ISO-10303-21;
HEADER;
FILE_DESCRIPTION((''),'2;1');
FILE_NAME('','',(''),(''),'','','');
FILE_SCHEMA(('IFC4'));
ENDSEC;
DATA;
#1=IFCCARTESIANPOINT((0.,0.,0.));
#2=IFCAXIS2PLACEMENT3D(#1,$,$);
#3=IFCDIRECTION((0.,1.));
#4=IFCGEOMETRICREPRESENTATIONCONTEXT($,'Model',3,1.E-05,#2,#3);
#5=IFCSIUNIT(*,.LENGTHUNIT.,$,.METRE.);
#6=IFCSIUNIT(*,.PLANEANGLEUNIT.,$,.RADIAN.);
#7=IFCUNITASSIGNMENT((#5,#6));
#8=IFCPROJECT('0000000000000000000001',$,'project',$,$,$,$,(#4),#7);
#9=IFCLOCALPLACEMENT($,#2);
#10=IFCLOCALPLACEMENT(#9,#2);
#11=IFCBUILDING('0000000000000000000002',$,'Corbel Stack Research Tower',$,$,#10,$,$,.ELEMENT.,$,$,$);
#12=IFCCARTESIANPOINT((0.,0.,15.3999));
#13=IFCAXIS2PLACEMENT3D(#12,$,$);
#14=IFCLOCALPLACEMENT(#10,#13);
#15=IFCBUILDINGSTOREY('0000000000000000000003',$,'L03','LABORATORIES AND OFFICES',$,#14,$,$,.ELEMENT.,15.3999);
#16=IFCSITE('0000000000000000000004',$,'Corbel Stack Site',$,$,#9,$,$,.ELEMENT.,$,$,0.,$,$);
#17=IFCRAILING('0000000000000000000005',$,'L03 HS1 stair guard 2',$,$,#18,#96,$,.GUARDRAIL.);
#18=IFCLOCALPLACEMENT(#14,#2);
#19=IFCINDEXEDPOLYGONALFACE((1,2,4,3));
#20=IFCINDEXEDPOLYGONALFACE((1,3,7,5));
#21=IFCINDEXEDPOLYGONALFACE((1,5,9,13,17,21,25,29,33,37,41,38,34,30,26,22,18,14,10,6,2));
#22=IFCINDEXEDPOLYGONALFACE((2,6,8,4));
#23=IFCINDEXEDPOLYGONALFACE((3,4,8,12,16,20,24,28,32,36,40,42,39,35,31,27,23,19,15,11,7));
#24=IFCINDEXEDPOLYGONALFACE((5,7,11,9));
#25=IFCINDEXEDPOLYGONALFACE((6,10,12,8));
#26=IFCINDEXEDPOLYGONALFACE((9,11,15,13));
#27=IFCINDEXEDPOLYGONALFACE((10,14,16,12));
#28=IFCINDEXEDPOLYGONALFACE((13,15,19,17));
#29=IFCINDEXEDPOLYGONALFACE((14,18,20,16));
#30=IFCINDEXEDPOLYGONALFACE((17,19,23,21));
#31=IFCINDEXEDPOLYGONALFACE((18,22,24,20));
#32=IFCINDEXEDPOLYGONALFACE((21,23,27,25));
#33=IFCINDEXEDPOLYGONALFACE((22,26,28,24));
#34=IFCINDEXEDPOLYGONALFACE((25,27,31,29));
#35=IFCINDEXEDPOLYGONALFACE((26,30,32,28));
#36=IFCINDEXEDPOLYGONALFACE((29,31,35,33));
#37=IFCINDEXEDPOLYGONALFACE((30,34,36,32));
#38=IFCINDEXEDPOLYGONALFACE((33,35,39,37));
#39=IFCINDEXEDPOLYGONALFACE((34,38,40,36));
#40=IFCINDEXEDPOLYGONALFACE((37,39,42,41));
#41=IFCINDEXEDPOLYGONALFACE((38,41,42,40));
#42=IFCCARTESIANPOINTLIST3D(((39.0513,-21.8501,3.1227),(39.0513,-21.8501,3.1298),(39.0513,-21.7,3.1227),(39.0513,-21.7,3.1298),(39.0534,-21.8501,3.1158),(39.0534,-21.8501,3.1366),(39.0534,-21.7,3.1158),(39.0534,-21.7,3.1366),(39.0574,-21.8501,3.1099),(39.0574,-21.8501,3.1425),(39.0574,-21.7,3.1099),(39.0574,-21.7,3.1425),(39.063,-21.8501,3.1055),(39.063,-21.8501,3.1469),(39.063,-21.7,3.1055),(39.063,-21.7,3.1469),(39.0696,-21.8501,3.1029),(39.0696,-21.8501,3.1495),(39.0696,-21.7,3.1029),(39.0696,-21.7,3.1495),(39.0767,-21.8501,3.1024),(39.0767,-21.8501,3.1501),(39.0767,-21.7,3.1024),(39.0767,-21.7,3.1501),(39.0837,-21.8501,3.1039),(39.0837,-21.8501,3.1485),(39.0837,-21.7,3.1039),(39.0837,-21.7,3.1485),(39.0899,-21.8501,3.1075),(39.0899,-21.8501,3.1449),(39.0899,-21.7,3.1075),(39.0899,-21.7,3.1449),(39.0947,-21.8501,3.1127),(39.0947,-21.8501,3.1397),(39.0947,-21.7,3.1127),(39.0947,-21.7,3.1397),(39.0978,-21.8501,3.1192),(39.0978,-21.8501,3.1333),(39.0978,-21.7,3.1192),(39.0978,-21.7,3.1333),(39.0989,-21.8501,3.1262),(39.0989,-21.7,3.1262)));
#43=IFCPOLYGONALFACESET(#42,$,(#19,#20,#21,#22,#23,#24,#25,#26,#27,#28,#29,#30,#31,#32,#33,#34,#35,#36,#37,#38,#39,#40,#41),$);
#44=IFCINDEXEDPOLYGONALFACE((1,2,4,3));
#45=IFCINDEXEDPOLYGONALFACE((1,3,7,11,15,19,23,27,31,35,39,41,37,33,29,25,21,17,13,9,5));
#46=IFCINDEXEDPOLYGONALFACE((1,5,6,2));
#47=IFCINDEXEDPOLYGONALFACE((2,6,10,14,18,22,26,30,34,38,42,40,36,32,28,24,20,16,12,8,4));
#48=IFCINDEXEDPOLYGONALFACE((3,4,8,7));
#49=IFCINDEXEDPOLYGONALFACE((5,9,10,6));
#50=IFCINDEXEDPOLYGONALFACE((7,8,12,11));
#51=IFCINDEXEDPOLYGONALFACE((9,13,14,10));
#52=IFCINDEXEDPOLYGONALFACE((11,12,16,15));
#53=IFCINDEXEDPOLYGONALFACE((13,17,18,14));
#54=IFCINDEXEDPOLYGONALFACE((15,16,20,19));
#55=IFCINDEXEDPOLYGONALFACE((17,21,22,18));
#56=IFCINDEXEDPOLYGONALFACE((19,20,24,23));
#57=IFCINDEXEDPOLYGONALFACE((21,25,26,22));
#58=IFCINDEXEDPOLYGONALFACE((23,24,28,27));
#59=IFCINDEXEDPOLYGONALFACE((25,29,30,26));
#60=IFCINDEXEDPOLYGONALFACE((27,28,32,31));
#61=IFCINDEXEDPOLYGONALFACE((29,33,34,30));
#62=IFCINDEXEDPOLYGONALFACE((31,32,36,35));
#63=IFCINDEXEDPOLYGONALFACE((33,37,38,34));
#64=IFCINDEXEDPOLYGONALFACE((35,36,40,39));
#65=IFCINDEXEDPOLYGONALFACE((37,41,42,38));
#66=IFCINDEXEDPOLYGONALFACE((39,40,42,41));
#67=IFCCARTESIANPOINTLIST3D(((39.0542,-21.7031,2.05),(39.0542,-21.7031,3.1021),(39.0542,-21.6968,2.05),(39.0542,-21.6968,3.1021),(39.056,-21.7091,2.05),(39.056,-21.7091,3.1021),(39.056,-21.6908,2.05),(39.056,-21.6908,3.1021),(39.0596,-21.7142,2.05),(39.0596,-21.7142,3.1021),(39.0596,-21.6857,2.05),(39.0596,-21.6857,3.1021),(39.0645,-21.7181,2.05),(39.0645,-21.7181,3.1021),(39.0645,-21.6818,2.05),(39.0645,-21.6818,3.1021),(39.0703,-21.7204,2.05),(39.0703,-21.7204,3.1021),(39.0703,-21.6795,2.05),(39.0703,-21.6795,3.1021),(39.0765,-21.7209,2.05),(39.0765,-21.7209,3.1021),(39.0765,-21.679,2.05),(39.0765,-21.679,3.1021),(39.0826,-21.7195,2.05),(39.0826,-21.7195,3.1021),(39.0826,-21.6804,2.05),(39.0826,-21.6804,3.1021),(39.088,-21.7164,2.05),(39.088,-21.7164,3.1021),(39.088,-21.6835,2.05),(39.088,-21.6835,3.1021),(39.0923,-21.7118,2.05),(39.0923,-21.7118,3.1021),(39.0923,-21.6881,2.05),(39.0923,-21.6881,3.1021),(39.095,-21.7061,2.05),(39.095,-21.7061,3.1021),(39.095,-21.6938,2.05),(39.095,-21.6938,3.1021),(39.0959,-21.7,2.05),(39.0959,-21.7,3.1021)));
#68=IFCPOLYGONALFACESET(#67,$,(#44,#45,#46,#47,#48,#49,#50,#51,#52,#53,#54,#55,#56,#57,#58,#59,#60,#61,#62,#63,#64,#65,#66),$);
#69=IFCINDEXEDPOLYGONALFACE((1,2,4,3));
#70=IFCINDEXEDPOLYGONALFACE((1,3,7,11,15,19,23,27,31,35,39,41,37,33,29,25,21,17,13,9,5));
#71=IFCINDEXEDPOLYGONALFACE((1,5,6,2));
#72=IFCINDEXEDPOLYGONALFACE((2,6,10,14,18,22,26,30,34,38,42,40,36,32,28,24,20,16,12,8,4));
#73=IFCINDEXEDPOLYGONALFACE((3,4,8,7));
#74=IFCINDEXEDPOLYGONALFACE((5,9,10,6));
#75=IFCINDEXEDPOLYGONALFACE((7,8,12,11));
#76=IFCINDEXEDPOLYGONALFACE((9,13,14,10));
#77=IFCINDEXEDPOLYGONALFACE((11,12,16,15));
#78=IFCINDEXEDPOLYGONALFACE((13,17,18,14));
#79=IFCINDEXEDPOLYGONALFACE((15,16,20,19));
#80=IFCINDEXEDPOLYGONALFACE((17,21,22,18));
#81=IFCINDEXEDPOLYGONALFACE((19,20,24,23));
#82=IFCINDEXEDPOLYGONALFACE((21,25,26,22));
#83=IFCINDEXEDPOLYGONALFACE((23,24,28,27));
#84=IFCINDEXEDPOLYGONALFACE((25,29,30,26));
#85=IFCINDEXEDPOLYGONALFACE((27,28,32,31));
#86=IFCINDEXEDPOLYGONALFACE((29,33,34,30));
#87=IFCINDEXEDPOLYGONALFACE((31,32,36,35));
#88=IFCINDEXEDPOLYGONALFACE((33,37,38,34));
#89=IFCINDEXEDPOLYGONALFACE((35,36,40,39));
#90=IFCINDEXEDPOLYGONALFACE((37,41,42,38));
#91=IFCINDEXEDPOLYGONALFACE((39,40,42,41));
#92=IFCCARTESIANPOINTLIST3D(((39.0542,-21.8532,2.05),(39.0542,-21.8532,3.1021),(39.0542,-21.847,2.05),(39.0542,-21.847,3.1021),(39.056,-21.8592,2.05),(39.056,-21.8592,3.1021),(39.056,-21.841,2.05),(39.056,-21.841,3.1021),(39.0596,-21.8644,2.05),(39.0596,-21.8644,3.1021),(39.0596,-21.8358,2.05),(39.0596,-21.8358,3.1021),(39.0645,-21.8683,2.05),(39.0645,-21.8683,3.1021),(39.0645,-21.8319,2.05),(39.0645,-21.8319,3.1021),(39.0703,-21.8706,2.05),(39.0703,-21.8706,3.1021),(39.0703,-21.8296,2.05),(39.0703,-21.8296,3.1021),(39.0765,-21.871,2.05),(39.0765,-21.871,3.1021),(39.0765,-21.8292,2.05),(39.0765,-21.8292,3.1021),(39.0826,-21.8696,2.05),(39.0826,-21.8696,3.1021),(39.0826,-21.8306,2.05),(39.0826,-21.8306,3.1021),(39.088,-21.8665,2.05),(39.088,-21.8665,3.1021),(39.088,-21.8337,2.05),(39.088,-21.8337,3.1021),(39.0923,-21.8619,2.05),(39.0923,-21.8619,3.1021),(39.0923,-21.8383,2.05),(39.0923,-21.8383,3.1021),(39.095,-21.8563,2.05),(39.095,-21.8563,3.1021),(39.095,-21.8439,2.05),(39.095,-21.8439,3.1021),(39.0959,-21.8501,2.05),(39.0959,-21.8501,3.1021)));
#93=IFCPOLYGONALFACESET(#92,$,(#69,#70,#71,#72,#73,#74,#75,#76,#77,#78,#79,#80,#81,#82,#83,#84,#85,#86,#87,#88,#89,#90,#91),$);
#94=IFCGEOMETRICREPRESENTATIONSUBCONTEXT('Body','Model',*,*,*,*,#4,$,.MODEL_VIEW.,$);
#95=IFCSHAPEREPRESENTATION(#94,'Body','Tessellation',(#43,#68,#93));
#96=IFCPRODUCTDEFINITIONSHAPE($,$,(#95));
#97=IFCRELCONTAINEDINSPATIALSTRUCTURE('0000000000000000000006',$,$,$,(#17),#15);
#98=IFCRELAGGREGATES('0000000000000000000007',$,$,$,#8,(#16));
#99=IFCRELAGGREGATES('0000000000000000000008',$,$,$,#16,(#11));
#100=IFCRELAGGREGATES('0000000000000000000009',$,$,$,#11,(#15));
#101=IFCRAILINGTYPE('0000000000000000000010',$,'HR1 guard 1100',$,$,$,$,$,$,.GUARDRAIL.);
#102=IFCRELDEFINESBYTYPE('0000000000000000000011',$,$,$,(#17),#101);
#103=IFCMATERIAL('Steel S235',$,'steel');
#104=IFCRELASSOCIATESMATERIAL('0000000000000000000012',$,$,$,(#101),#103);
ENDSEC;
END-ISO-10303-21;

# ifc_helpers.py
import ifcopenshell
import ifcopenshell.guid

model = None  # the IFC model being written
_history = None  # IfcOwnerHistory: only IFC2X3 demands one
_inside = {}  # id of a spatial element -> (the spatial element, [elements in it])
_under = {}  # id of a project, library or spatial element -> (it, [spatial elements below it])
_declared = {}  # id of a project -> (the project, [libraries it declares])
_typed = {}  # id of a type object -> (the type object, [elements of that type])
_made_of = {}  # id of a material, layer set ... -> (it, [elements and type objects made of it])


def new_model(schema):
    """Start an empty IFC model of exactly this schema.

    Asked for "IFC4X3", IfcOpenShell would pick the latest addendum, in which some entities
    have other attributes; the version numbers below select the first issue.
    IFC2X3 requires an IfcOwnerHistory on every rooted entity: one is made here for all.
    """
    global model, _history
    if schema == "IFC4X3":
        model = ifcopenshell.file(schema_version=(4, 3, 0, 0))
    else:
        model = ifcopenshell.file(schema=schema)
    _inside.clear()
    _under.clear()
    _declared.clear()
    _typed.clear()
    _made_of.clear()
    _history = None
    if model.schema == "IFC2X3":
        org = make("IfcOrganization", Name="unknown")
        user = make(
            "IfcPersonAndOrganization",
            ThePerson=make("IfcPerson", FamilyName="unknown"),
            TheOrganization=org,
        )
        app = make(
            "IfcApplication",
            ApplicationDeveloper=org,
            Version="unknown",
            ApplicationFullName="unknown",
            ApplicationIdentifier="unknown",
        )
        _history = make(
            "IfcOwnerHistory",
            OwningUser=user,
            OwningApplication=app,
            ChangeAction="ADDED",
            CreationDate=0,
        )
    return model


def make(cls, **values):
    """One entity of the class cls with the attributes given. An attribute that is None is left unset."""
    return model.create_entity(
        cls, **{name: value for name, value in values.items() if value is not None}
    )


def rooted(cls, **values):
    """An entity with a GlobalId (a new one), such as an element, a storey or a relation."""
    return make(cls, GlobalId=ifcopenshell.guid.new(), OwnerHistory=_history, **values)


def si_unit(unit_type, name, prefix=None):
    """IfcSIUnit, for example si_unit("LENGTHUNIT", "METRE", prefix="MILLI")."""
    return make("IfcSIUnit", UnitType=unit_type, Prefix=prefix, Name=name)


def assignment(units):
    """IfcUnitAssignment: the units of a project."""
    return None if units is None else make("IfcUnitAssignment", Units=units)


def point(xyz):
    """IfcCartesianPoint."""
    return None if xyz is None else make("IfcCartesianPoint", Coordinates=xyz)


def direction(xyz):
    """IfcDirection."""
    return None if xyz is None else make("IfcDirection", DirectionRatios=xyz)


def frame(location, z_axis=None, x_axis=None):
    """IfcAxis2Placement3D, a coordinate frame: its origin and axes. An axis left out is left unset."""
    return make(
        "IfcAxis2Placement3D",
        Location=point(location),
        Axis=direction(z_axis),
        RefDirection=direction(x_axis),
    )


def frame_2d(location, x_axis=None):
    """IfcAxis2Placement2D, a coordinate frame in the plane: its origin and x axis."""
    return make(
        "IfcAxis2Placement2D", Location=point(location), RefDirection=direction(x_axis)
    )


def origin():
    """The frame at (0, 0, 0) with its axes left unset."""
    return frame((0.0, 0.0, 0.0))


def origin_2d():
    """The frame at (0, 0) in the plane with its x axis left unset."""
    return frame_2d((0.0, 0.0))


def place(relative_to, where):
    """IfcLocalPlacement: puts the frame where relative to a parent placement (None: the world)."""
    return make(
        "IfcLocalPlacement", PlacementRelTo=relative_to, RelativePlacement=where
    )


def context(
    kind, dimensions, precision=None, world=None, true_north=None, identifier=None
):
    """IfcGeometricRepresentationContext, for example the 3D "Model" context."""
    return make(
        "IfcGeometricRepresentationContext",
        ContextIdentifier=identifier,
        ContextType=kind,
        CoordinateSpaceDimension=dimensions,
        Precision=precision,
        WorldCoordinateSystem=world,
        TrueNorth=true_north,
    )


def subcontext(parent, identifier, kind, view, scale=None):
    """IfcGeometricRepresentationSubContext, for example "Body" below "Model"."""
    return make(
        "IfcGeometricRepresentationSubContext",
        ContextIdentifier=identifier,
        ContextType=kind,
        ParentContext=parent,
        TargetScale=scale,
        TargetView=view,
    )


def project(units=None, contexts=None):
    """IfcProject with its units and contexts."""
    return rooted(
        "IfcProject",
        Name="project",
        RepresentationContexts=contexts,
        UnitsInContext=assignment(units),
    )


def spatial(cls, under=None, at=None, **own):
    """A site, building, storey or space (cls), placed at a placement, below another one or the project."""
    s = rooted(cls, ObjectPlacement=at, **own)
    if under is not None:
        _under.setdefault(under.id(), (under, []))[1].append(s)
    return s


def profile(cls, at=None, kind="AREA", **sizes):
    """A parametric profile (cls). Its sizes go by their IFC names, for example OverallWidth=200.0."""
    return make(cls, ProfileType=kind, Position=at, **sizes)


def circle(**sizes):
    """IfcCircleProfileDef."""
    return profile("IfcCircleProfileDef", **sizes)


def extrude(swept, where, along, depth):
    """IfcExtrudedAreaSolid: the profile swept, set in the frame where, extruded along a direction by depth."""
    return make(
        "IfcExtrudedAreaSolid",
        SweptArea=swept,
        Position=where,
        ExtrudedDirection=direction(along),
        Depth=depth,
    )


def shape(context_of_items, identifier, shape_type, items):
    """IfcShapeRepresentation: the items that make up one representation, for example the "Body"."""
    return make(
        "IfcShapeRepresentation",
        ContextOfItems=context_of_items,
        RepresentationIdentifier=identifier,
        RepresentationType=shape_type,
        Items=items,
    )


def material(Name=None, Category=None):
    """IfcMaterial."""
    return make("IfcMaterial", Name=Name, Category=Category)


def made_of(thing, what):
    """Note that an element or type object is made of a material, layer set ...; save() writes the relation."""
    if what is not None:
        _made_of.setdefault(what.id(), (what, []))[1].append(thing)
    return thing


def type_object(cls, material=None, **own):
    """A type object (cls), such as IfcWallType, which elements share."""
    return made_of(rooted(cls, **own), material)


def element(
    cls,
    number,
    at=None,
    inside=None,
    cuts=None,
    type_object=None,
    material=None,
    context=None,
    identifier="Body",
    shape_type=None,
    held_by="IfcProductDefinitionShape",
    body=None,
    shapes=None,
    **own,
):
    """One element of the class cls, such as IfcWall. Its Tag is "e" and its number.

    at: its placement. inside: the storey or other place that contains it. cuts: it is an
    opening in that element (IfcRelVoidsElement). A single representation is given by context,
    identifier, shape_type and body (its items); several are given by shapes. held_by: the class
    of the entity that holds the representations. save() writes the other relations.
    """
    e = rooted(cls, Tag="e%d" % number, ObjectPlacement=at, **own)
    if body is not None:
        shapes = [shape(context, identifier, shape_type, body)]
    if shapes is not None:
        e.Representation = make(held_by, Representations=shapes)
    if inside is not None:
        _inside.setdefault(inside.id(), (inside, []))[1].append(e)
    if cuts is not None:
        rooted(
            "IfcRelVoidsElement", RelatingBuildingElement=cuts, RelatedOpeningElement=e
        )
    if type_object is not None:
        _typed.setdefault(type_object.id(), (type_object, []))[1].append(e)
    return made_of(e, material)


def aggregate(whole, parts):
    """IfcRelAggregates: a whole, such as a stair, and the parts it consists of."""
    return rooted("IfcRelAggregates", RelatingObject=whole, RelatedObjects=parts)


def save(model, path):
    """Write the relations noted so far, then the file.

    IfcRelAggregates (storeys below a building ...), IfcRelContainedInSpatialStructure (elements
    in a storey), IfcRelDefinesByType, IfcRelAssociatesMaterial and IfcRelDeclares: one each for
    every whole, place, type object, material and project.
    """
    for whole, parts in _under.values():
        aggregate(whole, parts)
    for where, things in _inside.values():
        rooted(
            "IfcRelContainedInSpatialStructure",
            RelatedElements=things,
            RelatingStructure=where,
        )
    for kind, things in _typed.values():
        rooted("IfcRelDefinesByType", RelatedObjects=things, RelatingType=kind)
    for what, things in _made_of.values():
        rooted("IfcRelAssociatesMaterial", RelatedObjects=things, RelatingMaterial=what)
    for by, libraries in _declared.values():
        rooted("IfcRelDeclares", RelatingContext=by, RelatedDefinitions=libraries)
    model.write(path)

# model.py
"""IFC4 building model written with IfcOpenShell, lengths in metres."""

from ifc_helpers import new_model, si_unit, direction, frame, origin, origin_2d, place, context, subcontext, project, spatial, circle, extrude, material, type_object, element, save


model = new_model("IFC4")

# Units and contexts
model_context = context("Model", 3, precision=1e-05, world=origin(), true_north=direction((0.0, 1.0)))
body_context = subcontext(model_context, "Body", "Model", "MODEL_VIEW")
ifc_project = project(units=[si_unit("LENGTHUNIT", "METRE"), si_unit("PLANEANGLEUNIT", "RADIAN")], contexts=[model_context])

# Site, building, storey
site_placement = place(None, origin())
site = spatial("IfcSite", under=ifc_project, at=site_placement, Name="Corbel Stack Site", CompositionType="ELEMENT", RefElevation=0.0)
building_placement = place(site_placement, origin())
building = spatial("IfcBuilding", under=site, at=building_placement, Name="Corbel Stack Research Tower", CompositionType="ELEMENT")
storey_placement = place(building_placement, frame((0.0, 0.0, 15.3999)))
storey = spatial("IfcBuildingStorey", under=building, at=storey_placement, Name="L03", Description="LABORATORIES AND OFFICES", CompositionType="ELEMENT", Elevation=15.3999)

# Railing
ifc_material_1 = material(Name="Steel S235", Category="steel")
railing_type_1 = type_object("IfcRailingType", Name="HR1 guard 1100", PredefinedType="GUARDRAIL", material=ifc_material_1)
railing_1_placement = place(storey_placement, frame((39.075, -21.7, 2.05)))
element("IfcRailing", 1, at=railing_1_placement, inside=storey, type_object=railing_type_1, Name="L03 HS1 stair guard 2", PredefinedType="GUARDRAIL", context=body_context, shape_type="SweptSolid", body=[
    extrude(circle(Radius=0.0239, at=origin_2d()), frame((0.0, 0.0, 1.0762), z_axis=(0.0, -1.0, 0.0), x_axis=(1.0, 0.0, 0.0)), (0.0, 0.0, 1.0), 0.1501),
    extrude(circle(Radius=0.021, at=origin_2d()), origin(), (0.0, 0.0, 1.0), 1.052),
    extrude(circle(Radius=0.021, at=origin_2d()), frame((0.0, -0.1501, 0.0)), (0.0, 0.0, 1.0), 1.052),
])

save(model, "model.ifc")
